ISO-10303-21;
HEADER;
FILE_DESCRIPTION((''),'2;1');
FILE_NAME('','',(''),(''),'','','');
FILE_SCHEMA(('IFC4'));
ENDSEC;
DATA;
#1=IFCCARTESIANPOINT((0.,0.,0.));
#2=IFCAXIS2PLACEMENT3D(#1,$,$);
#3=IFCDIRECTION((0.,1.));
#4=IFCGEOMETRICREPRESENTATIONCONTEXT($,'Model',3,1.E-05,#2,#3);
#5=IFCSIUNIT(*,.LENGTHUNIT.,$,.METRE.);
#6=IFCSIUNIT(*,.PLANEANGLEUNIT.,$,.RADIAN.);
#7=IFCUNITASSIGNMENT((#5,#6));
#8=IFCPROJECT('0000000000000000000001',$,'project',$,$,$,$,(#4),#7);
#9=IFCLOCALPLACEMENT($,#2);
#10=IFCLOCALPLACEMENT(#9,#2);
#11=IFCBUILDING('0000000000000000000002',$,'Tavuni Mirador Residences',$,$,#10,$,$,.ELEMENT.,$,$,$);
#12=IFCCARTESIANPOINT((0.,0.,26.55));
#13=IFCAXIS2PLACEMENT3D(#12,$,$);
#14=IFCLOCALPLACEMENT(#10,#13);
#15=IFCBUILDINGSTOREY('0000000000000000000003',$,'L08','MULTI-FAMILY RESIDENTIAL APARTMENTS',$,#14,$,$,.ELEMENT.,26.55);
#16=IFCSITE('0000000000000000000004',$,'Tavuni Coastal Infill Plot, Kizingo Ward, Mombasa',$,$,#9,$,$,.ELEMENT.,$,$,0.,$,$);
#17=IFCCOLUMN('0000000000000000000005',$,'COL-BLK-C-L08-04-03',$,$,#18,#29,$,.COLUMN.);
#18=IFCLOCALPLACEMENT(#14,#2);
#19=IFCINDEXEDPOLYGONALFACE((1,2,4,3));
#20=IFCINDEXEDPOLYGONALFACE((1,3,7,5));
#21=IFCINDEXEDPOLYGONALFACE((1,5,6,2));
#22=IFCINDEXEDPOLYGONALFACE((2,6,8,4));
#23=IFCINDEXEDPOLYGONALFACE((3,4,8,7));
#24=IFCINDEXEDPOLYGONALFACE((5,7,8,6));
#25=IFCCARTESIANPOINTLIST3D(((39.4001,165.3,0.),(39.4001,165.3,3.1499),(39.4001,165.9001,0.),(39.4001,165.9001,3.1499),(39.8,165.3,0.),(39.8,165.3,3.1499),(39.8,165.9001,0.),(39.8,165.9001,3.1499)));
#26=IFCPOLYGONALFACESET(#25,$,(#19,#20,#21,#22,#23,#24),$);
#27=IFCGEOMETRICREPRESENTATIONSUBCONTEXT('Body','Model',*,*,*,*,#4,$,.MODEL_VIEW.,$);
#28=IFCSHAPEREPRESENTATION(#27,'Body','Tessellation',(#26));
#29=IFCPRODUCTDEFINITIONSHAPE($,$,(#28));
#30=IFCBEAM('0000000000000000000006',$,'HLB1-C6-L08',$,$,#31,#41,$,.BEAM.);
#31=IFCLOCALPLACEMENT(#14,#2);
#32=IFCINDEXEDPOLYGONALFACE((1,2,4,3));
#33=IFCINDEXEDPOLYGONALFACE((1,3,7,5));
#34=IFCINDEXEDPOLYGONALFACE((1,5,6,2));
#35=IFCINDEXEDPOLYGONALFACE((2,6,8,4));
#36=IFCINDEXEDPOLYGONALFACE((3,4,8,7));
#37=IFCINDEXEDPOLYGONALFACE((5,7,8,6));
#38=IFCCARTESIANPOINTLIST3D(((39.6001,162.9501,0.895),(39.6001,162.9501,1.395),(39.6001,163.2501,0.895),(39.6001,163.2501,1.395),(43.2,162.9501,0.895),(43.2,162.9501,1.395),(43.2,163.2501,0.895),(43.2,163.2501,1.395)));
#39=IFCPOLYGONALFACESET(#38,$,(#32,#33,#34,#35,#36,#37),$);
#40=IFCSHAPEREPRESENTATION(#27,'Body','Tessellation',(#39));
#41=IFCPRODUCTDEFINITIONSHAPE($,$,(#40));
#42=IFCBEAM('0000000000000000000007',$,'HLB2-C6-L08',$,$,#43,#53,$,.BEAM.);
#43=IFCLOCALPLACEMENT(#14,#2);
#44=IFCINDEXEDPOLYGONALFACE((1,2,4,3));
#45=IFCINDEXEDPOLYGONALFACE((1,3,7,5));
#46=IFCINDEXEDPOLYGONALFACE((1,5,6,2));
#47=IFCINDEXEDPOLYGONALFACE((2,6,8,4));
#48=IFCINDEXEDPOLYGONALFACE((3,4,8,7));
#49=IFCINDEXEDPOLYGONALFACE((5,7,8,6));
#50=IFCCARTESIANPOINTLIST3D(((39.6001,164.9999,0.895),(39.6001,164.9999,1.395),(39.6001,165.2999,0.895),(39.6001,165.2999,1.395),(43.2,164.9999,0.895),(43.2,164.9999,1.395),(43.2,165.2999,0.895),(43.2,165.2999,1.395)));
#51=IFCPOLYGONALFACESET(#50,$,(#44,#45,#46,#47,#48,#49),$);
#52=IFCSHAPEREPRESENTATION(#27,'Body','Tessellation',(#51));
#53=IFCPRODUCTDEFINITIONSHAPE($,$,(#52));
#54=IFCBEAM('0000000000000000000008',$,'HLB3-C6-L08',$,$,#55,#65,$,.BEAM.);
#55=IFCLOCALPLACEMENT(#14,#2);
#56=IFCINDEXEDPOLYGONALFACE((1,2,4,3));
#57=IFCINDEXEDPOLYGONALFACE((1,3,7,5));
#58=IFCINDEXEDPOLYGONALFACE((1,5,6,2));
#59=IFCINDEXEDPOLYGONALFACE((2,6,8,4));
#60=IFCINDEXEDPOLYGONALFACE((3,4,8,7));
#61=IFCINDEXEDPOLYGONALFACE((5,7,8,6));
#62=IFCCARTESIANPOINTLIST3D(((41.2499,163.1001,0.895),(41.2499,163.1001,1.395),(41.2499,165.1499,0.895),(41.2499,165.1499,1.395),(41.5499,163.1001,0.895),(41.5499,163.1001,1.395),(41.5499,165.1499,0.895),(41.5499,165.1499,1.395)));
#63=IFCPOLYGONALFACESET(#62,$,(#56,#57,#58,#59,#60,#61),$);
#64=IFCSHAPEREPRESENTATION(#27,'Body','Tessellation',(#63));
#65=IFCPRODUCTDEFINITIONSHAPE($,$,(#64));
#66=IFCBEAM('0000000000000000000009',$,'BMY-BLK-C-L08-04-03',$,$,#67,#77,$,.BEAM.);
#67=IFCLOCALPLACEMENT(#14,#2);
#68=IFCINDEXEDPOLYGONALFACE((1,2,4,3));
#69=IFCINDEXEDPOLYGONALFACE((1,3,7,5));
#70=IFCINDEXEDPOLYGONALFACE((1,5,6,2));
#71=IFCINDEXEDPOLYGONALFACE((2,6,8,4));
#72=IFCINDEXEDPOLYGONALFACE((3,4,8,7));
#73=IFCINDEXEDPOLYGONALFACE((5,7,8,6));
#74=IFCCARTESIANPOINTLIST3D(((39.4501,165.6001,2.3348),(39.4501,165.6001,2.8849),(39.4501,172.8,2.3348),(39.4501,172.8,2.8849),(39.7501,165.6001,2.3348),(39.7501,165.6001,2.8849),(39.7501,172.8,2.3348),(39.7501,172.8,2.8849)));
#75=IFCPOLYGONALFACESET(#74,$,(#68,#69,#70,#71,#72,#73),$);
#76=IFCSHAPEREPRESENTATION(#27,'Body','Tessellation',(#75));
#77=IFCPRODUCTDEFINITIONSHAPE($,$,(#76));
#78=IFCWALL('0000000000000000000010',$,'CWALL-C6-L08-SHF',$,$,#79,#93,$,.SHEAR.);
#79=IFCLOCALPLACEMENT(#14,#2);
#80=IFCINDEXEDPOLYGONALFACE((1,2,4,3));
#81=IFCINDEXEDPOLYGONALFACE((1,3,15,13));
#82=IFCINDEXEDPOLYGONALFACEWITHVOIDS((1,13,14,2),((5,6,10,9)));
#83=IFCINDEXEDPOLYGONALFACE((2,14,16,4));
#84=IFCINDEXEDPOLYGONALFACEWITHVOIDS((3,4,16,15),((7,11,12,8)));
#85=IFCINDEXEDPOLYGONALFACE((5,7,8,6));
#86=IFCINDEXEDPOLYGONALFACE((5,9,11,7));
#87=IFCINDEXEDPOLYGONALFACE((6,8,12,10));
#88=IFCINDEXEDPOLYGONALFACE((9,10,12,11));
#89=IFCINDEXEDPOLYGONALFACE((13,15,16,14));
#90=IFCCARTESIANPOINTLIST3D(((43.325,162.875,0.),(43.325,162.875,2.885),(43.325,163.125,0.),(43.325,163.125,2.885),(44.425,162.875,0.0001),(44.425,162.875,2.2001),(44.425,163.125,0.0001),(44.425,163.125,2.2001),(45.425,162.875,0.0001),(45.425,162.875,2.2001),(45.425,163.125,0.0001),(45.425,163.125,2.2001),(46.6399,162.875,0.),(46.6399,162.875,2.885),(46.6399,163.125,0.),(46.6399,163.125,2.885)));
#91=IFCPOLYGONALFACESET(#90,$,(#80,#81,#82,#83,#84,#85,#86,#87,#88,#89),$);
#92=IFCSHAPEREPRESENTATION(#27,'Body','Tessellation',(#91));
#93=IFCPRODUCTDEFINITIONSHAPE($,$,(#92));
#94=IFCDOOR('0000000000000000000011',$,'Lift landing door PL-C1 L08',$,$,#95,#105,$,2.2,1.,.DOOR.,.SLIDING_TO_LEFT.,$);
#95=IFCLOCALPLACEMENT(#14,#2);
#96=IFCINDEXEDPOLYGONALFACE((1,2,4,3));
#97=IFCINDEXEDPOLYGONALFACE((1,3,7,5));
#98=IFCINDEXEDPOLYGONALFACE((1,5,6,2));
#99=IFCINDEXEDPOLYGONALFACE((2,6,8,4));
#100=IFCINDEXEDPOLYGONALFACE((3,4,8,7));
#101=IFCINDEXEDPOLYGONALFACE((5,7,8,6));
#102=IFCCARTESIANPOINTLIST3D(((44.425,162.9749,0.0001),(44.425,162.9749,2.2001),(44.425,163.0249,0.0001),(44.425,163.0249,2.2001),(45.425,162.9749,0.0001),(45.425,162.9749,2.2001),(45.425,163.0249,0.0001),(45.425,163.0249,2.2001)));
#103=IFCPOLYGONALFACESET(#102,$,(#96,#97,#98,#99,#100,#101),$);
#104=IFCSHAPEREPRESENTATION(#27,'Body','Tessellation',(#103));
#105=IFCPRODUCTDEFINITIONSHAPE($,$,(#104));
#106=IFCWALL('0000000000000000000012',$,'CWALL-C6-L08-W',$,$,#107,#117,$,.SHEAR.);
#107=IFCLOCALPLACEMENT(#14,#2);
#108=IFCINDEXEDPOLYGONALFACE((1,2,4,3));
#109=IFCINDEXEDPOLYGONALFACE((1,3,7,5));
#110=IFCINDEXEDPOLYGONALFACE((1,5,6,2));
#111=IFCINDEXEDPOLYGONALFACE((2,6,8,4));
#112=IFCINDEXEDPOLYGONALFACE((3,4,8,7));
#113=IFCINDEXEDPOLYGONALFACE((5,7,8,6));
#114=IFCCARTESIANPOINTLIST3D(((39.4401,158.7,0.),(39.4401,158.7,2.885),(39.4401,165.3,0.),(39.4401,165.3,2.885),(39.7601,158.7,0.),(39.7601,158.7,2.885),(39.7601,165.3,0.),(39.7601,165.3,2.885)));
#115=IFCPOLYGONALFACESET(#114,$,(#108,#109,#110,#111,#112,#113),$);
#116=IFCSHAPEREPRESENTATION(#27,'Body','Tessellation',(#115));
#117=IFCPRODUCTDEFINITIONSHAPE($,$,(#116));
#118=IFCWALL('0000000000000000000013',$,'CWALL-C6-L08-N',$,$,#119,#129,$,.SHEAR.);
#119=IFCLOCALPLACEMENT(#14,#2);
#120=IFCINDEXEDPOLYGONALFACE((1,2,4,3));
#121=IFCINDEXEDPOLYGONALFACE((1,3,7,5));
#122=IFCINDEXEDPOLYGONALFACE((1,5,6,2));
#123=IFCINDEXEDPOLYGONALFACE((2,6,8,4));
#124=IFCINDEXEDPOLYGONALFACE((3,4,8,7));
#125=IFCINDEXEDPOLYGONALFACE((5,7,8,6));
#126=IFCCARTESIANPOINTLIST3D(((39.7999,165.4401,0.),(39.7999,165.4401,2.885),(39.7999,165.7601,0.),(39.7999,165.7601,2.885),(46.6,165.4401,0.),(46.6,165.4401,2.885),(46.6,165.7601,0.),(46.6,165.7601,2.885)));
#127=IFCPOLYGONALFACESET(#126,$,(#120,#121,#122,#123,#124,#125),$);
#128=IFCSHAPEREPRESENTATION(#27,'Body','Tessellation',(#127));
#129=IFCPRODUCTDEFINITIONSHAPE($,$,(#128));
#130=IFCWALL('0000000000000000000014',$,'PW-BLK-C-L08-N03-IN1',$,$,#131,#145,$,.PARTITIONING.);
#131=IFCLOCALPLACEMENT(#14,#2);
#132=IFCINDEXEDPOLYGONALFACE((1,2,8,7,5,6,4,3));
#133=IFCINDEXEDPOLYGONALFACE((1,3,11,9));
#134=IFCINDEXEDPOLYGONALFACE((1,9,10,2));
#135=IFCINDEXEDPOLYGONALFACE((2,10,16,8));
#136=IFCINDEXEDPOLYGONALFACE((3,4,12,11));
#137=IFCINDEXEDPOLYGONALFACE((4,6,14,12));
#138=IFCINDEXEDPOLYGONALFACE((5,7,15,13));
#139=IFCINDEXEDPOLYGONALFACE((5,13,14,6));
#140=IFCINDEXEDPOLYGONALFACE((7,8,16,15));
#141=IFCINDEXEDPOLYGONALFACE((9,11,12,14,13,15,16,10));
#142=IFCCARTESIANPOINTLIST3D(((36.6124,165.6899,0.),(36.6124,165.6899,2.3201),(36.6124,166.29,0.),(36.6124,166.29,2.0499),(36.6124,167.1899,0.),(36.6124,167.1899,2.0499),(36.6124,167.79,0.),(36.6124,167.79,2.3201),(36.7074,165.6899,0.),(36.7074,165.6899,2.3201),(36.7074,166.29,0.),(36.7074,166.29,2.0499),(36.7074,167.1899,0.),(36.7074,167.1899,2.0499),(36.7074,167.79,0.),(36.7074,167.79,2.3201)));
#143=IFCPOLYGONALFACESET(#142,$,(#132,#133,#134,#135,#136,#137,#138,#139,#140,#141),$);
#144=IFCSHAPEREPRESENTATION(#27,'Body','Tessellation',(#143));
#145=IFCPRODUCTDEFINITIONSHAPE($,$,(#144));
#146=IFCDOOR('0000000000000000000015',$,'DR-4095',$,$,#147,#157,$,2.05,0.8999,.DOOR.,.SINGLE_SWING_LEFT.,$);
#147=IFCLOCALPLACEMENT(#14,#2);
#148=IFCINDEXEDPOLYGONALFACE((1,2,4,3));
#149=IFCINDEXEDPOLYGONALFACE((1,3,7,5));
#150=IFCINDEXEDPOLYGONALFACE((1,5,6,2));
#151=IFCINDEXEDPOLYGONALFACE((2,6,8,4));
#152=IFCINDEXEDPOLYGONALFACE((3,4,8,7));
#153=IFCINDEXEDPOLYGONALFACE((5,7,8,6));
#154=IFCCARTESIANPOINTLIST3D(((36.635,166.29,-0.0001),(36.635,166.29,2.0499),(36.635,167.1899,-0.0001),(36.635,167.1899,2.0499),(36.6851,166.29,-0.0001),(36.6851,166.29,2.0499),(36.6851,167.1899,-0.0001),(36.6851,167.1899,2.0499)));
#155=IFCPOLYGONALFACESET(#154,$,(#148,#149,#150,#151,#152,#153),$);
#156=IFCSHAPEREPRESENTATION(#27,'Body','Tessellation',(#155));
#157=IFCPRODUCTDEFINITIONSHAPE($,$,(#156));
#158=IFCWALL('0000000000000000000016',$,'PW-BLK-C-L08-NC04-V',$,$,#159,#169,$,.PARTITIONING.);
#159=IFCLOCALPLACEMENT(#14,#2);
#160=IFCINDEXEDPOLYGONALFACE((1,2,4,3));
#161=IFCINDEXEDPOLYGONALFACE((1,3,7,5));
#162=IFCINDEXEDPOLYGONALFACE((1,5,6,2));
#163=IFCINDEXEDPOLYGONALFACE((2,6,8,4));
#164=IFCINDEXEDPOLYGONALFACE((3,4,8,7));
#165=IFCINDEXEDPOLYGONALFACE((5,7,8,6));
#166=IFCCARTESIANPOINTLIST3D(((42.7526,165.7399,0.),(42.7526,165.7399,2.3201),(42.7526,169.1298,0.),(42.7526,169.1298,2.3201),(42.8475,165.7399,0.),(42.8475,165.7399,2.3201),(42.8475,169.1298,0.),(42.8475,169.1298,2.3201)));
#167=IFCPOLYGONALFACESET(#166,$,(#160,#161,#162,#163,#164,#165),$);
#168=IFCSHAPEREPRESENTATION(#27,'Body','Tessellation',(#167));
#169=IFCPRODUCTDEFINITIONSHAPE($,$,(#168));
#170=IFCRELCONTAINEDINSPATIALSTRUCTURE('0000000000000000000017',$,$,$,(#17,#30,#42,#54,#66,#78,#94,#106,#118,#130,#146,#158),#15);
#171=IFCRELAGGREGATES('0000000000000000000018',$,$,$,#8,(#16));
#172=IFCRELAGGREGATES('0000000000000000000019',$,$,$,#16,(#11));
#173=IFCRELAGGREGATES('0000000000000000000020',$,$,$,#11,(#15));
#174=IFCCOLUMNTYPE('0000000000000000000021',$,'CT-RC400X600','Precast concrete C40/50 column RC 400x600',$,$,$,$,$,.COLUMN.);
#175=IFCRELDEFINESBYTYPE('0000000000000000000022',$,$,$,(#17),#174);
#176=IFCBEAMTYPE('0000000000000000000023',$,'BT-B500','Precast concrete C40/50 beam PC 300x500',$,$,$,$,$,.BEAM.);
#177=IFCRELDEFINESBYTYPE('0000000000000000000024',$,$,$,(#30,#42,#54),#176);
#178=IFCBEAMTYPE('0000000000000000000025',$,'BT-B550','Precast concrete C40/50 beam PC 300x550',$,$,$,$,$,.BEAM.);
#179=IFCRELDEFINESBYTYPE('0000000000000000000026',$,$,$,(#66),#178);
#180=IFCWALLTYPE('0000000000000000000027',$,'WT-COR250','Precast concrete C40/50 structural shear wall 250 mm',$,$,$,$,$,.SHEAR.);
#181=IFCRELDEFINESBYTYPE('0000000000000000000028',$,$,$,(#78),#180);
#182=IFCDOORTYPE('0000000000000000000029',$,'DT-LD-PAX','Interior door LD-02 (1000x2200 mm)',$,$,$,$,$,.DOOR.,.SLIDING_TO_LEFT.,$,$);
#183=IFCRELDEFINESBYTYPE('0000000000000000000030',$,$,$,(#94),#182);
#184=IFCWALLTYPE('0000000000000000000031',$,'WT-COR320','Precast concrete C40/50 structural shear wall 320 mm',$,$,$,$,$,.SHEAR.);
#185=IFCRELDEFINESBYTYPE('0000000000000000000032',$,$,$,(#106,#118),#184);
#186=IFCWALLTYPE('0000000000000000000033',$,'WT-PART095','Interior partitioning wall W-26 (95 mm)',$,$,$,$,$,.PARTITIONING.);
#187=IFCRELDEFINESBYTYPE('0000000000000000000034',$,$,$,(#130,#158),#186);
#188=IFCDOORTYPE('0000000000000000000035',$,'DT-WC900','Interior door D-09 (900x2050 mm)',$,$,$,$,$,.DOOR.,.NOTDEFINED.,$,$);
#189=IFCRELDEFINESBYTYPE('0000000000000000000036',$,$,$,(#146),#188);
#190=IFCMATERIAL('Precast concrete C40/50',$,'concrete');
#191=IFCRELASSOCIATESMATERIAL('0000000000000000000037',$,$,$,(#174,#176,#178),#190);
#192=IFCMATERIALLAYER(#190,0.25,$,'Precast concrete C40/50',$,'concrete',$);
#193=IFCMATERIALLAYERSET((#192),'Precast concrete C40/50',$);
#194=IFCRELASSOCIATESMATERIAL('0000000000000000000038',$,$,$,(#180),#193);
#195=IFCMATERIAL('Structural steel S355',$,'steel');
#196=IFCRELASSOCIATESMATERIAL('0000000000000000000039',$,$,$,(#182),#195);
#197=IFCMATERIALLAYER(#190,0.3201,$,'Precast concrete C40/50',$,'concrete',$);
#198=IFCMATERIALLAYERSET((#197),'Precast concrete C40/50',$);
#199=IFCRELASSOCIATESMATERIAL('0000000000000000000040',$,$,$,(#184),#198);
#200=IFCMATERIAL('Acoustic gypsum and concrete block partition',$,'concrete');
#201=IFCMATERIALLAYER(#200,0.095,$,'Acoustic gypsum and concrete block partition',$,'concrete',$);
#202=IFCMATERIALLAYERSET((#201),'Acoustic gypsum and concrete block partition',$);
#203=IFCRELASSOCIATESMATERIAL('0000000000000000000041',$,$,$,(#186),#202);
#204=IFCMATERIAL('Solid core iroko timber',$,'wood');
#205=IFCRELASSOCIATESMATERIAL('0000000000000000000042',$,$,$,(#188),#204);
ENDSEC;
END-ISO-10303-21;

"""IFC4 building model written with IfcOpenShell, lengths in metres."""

from ifc_helpers import new_model, si_unit, direction, frame, frame_2d, origin, origin_2d, place, context, subcontext, project, spatial, rectangle, extrude, material, layer, layer_set, material_profile, profile_set, type_object, element, fill, save


model = new_model("IFC4")

# Units and contexts
model_context = context("Model", 3, precision=1e-05, world=origin(), true_north=direction((0.0, 1.0)))
body_context = subcontext(model_context, "Body", "Model", "MODEL_VIEW")
ifc_project = project(units=[si_unit("LENGTHUNIT", "METRE"), si_unit("PLANEANGLEUNIT", "RADIAN")], contexts=[model_context])

# Site, building, storey
site_placement = place(None, origin())
site = spatial("IfcSite", under=ifc_project, at=site_placement, Name="Tavuni Coastal Infill Plot, Kizingo Ward, Mombasa", CompositionType="ELEMENT", RefElevation=0.0)
building_placement = place(site_placement, origin())
building = spatial("IfcBuilding", under=site, at=building_placement, Name="Tavuni Mirador Residences", CompositionType="ELEMENT")
storey_placement = place(building_placement, frame((0.0, 0.0, 26.55)))
storey = spatial("IfcBuildingStorey", under=building, at=storey_placement, Name="L08", Description="MULTI-FAMILY RESIDENTIAL APARTMENTS", CompositionType="ELEMENT", Elevation=26.55)

# Column
ifc_material_1 = material(Name="Precast concrete C40/50", Category="concrete")
ifc_material_profile_1 = material_profile(ifc_material_1, rectangle(XDim=0.3999, YDim=0.6001, at=origin_2d()), Name="RC 400x600", Category="concrete")
ifc_profile_set_1 = profile_set([ifc_material_profile_1], Name="Precast concrete C40/50")
column_type = type_object("IfcColumnType", Name="CT-RC400X600", Description="Precast concrete C40/50 column RC 400x600", PredefinedType="COLUMN", material=ifc_profile_set_1)
column_placement = place(storey_placement, frame((39.6001, 165.6001, 0.0), z_axis=(0.0, 0.0, 1.0), x_axis=(1.0, 0.0, 0.0)))
element("IfcColumn", 1, at=column_placement, inside=storey, type_object=column_type, Name="COL-BLK-C-L08-04-03", PredefinedType="COLUMN", context=body_context, shape_type="SweptSolid", body=[
    extrude(rectangle(XDim=0.3999, YDim=0.6001, at=origin_2d()), origin(), (0.0, 0.0, 1.0), 3.1499),
])

# Beams
ifc_material_profile_2 = material_profile(ifc_material_1, rectangle(XDim=0.3, YDim=0.5, at=origin_2d()), Name="PC 300x500", Category="concrete")
ifc_profile_set_2 = profile_set([ifc_material_profile_2], Name="Precast concrete C40/50")
beam_type_1 = type_object("IfcBeamType", Name="BT-B500", Description="Precast concrete C40/50 beam PC 300x500", PredefinedType="BEAM", material=ifc_profile_set_2)
for number, where, z_axis, x_axis, name in (
    (2, (39.6001, 163.1001, 1.145), (1.0, 0.0, 0.0), (0.0, 1.0, 0.0), "HLB1-C6-L08"),
    (3, (39.6001, 165.1499, 1.145), (1.0, 0.0, 0.0), (0.0, 1.0, 0.0), "HLB2-C6-L08"),
):
    element("IfcBeam", number, at=place(storey_placement, frame(where, z_axis=z_axis, x_axis=x_axis)), inside=storey, type_object=beam_type_1, Name=name, PredefinedType="BEAM", context=body_context, shape_type="SweptSolid", body=[
        extrude(rectangle(XDim=0.3, YDim=0.5, at=origin_2d()), origin(), (0.0, 0.0, 1.0), 3.5999),
    ])
beam_1_placement = place(storey_placement, frame((41.3999, 163.1001, 1.145), z_axis=(0.0, 1.0, 0.0), x_axis=(-1.0, 0.0, 0.0)))
element("IfcBeam", 4, at=beam_1_placement, inside=storey, type_object=beam_type_1, Name="HLB3-C6-L08", PredefinedType="BEAM", context=body_context, shape_type="SweptSolid", body=[
    extrude(rectangle(XDim=0.3, YDim=0.5, at=origin_2d()), origin(), (0.0, 0.0, 1.0), 2.0498),
])
ifc_material_profile_3 = material_profile(ifc_material_1, rectangle(XDim=0.3, YDim=0.55, at=origin_2d()), Name="PC 300x550", Category="concrete")
ifc_profile_set_3 = profile_set([ifc_material_profile_3], Name="Precast concrete C40/50")
beam_type_2 = type_object("IfcBeamType", Name="BT-B550", Description="Precast concrete C40/50 beam PC 300x550", PredefinedType="BEAM", material=ifc_profile_set_3)
beam_2_placement = place(storey_placement, frame((39.6001, 165.6001, 2.6099), z_axis=(0.0, 1.0, 0.0), x_axis=(-1.0, 0.0, 0.0)))
element("IfcBeam", 5, at=beam_2_placement, inside=storey, type_object=beam_type_2, Name="BMY-BLK-C-L08-04-03", PredefinedType="BEAM", context=body_context, shape_type="SweptSolid", body=[
    extrude(rectangle(XDim=0.3, YDim=0.55, at=origin_2d()), origin(), (0.0, 0.0, 1.0), 7.2),
])

# Wall, opening, door
ifc_layer_1 = layer(ifc_material_1, 0.25, Name="Precast concrete C40/50", Category="concrete")
ifc_layer_set_1 = layer_set([ifc_layer_1], Name="Precast concrete C40/50")
wall_type_1 = type_object("IfcWallType", Name="WT-COR250", Description="Precast concrete C40/50 structural shear wall 250 mm", PredefinedType="SHEAR", material=ifc_layer_set_1)
wall_1_placement = place(storey_placement, frame((43.325, 163.0, 0.0), z_axis=(0.0, 0.0, 1.0), x_axis=(1.0, 0.0, 0.0)))
wall_1 = element("IfcWall", 6, at=wall_1_placement, inside=storey, type_object=wall_type_1, Name="CWALL-C6-L08-SHF", PredefinedType="SHEAR", context=body_context, shape_type="SweptSolid", body=[
    extrude(rectangle(XDim=3.3149, YDim=0.25, at=frame_2d((1.6575, 0.0))), origin(), (0.0, 0.0, 1.0), 2.885),
])
opening_1_placement = place(wall_1_placement, frame((1.1001, 0.0, 0.0)))
opening_1 = element("IfcOpeningElement", 7, at=opening_1_placement, cuts=wall_1, PredefinedType="OPENING", context=body_context, shape_type="SweptSolid", body=[
    extrude(rectangle(XDim=1.0, YDim=2.2, at=frame_2d((0.5, 1.1001))), frame((0.0, 0.135, 0.0), z_axis=(0.0, -1.0, 0.0), x_axis=(1.0, 0.0, 0.0)), (0.0, 0.0, 1.0), 0.27),
])
ifc_material_2 = material(Name="Structural steel S355", Category="steel")
door_type_1 = type_object("IfcDoorType", Name="DT-LD-PAX", Description="Interior door LD-02 (1000x2200 mm)", OperationType="SLIDING_TO_LEFT", PredefinedType="DOOR", material=ifc_material_2)
door_1_placement = place(opening_1_placement, origin())
door_1 = element("IfcDoor", 8, at=door_1_placement, inside=storey, type_object=door_type_1, Name="Lift landing door PL-C1 L08", OperationType="SLIDING_TO_LEFT", OverallHeight=2.2, OverallWidth=1.0, PredefinedType="DOOR", context=body_context, shape_type="SweptSolid", body=[
    extrude(rectangle(XDim=1.0, YDim=2.2, at=frame_2d((0.5, 1.1001))), frame((0.0, 0.0249, 0.0), z_axis=(0.0, -1.0, 0.0), x_axis=(1.0, 0.0, 0.0)), (0.0, 0.0, 1.0), 0.05),
])
fill(opening_1, door_1)

# Walls
ifc_layer_2 = layer(ifc_material_1, 0.3201, Name="Precast concrete C40/50", Category="concrete")
ifc_layer_set_2 = layer_set([ifc_layer_2], Name="Precast concrete C40/50")
wall_type_2 = type_object("IfcWallType", Name="WT-COR320", Description="Precast concrete C40/50 structural shear wall 320 mm", PredefinedType="SHEAR", material=ifc_layer_set_2)
wall_2_placement = place(storey_placement, frame((39.6001, 158.7, 0.0), z_axis=(0.0, 0.0, 1.0), x_axis=(0.0, 1.0, 0.0)))
element("IfcWall", 9, at=wall_2_placement, inside=storey, type_object=wall_type_2, Name="CWALL-C6-L08-W", PredefinedType="SHEAR", context=body_context, shape_type="SweptSolid", body=[
    extrude(rectangle(XDim=6.6001, YDim=0.3201, at=frame_2d((3.3, 0.0))), origin(), (0.0, 0.0, 1.0), 2.885),
])
wall_3_placement = place(storey_placement, frame((39.8, 165.6001, 0.0), z_axis=(0.0, 0.0, 1.0), x_axis=(1.0, 0.0, 0.0)))
element("IfcWall", 10, at=wall_3_placement, inside=storey, type_object=wall_type_2, Name="CWALL-C6-L08-N", PredefinedType="SHEAR", context=body_context, shape_type="SweptSolid", body=[
    extrude(rectangle(XDim=6.8, YDim=0.3201, at=frame_2d((3.3999, 0.0))), origin(), (0.0, 0.0, 1.0), 2.885),
])

# Wall, opening, door
ifc_material_3 = material(Name="Acoustic gypsum and concrete block partition", Category="concrete")
ifc_layer_3 = layer(ifc_material_3, 0.095, Name="Acoustic gypsum and concrete block partition", Category="concrete")
ifc_layer_set_3 = layer_set([ifc_layer_3], Name="Acoustic gypsum and concrete block partition")
wall_type_3 = type_object("IfcWallType", Name="WT-PART095", Description="Interior partitioning wall W-26 (95 mm)", PredefinedType="PARTITIONING", material=ifc_layer_set_3)
wall_4_placement = place(storey_placement, frame((36.6599, 165.6899, 0.0), z_axis=(0.0, 0.0, 1.0), x_axis=(0.0, 1.0, 0.0)))
wall_4 = element("IfcWall", 11, at=wall_4_placement, inside=storey, type_object=wall_type_3, Name="PW-BLK-C-L08-N03-IN1", PredefinedType="PARTITIONING", context=body_context, shape_type="SweptSolid", body=[
    extrude(rectangle(XDim=2.1001, YDim=0.095, at=frame_2d((1.05, 0.0))), origin(), (0.0, 0.0, 1.0), 2.3201),
])
opening_2_placement = place(wall_4_placement, frame((0.6001, 0.0, 0.0)))
opening_2 = element("IfcOpeningElement", 12, at=opening_2_placement, cuts=wall_4, PredefinedType="OPENING", context=body_context, shape_type="SweptSolid", body=[
    extrude(rectangle(XDim=0.8999, YDim=2.05, at=frame_2d((0.45, 1.0249))), frame((0.0, 0.0576, 0.0), z_axis=(0.0, -1.0, 0.0), x_axis=(1.0, 0.0, 0.0)), (0.0, 0.0, 1.0), 0.115),
])
ifc_material_4 = material(Name="Solid core iroko timber", Category="wood")
door_type_2 = type_object("IfcDoorType", Name="DT-WC900", Description="Interior door D-09 (900x2050 mm)", OperationType="NOTDEFINED", PredefinedType="DOOR", material=ifc_material_4)
door_2_placement = place(opening_2_placement, origin())
door_2 = element("IfcDoor", 13, at=door_2_placement, inside=storey, type_object=door_type_2, Name="DR-4095", OperationType="SINGLE_SWING_LEFT", OverallHeight=2.05, OverallWidth=0.8999, PredefinedType="DOOR", context=body_context, shape_type="SweptSolid", body=[
    extrude(rectangle(XDim=0.8999, YDim=2.05, at=frame_2d((0.45, 1.0249))), frame((0.0, 0.0249, 0.0), z_axis=(0.0, -1.0, 0.0), x_axis=(1.0, 0.0, 0.0)), (0.0, 0.0, 1.0), 0.05),
])
fill(opening_2, door_2)

# Wall
wall_5_placement = place(storey_placement, frame((42.8, 165.74, 0.0), z_axis=(0.0, 0.0, 1.0), x_axis=(0.0, 1.0, 0.0)))
element("IfcWall", 14, at=wall_5_placement, inside=storey, type_object=wall_type_3, Name="PW-BLK-C-L08-NC04-V", PredefinedType="PARTITIONING", context=body_context, shape_type="SweptSolid", body=[
    extrude(rectangle(XDim=3.3899, YDim=0.095, at=frame_2d((1.6948, 0.0))), origin(), (0.0, 0.0, 1.0), 2.3201),
])

save(model, "model.ifc")
